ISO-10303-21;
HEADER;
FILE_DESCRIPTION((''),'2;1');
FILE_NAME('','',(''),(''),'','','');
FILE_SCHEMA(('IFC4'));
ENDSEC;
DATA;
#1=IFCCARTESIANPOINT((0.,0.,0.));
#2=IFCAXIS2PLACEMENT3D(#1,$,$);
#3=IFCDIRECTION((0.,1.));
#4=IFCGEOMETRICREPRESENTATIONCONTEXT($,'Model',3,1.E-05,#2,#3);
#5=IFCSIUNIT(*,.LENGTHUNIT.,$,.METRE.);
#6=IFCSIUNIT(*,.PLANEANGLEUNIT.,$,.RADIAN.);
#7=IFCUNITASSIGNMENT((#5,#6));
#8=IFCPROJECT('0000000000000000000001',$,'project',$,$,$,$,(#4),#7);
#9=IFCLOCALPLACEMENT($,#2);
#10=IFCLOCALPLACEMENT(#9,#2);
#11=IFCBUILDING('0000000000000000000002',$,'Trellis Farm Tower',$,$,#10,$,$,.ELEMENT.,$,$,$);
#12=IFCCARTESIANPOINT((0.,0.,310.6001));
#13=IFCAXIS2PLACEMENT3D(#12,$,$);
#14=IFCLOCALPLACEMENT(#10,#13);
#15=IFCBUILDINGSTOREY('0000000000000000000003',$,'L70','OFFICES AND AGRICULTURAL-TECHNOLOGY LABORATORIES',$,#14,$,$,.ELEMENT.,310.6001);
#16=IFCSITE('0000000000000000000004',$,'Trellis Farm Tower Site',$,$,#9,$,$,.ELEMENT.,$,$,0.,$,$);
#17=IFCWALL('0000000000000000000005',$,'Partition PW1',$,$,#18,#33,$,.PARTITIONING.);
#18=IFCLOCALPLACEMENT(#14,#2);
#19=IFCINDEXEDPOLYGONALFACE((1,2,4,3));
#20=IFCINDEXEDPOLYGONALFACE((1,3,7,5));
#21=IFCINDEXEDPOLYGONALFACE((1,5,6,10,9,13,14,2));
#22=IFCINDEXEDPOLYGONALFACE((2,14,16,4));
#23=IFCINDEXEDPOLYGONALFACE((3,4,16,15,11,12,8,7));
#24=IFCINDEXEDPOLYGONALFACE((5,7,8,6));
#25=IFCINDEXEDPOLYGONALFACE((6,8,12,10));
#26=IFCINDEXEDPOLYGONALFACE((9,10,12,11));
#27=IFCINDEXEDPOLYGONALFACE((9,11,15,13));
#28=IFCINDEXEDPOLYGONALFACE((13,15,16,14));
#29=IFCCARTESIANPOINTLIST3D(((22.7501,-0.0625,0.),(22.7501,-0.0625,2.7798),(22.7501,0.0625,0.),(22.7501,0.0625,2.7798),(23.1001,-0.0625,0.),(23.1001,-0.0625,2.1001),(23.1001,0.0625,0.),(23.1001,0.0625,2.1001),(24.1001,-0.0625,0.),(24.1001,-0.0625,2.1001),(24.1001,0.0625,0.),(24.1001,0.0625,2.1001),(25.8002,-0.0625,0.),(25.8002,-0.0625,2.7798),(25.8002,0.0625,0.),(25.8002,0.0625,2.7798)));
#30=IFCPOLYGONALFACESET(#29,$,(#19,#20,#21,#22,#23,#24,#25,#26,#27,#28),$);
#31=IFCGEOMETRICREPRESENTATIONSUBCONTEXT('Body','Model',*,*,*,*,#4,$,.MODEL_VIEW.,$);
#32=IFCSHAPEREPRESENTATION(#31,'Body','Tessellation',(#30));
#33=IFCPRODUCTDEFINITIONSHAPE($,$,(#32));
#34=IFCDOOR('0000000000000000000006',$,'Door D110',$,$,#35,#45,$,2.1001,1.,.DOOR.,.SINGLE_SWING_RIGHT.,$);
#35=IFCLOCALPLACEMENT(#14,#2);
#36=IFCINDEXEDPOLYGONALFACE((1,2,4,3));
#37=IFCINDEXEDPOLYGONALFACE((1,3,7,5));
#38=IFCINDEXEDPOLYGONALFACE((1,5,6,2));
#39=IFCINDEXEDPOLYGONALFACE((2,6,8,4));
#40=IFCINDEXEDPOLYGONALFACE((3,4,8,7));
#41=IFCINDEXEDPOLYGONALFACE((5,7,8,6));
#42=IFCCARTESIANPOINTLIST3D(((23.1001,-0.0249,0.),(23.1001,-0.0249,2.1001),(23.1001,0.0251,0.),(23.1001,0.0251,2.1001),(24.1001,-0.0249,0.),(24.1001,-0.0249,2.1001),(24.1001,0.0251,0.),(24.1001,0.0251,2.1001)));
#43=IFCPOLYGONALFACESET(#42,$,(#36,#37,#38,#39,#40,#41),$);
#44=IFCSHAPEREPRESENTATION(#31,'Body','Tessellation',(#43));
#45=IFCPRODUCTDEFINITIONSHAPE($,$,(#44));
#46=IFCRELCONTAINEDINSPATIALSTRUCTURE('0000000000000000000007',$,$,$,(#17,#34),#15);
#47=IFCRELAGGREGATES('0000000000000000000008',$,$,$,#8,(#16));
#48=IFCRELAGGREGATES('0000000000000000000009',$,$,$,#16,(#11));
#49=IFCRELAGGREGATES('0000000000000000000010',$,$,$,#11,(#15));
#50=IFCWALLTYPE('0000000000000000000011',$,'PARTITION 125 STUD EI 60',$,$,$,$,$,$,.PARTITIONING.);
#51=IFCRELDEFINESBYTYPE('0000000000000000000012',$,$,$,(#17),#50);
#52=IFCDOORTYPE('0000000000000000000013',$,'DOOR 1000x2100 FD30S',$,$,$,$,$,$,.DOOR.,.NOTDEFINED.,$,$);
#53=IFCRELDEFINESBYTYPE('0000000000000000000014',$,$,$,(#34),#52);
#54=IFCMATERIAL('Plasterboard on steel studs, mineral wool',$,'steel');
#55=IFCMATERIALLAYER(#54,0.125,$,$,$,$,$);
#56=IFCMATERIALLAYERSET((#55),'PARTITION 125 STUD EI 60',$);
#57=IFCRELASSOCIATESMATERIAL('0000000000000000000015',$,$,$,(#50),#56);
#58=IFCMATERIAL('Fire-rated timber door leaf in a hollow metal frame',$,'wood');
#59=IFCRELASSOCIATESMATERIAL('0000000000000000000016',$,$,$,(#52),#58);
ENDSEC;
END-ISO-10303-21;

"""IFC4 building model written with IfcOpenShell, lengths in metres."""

from ifc_helpers import new_model, si_unit, direction, frame, frame_2d, origin, place, context, subcontext, project, spatial, rectangle, extrude, source, transform, mapped, material, layer, layer_set, type_object, element, fill, save


model = new_model("IFC4")

# Units and contexts
model_context = context("Model", 3, precision=1e-05, world=origin(), true_north=direction((0.0, 1.0)))
body_context = subcontext(model_context, "Body", "Model", "MODEL_VIEW")
ifc_project = project(units=[si_unit("LENGTHUNIT", "METRE"), si_unit("PLANEANGLEUNIT", "RADIAN")], contexts=[model_context])

# Site, building, storey
site_placement = place(None, origin())
site = spatial("IfcSite", under=ifc_project, at=site_placement, Name="Trellis Farm Tower Site", CompositionType="ELEMENT", RefElevation=0.0)
building_placement = place(site_placement, origin())
building = spatial("IfcBuilding", under=site, at=building_placement, Name="Trellis Farm Tower", CompositionType="ELEMENT")
storey_placement = place(building_placement, frame((0.0, 0.0, 310.6001)))
storey = spatial("IfcBuildingStorey", under=building, at=storey_placement, Name="L70", Description="OFFICES AND AGRICULTURAL-TECHNOLOGY LABORATORIES", CompositionType="ELEMENT", Elevation=310.6001)

# Wall, opening, door
ifc_material_1 = material(Name="Plasterboard on steel studs, mineral wool", Category="steel")
ifc_layer_1 = layer(ifc_material_1, 0.125)
ifc_layer_set_1 = layer_set([ifc_layer_1], Name="PARTITION 125 STUD EI 60")
wall_type_1 = type_object("IfcWallType", Name="PARTITION 125 STUD EI 60", PredefinedType="PARTITIONING", material=ifc_layer_set_1)
shared_shape_1 = source(origin(), body_context, "Body", "SweptSolid", [
    extrude(rectangle(XDim=3.05, YDim=0.125, at=frame_2d((1.5249, 0.0))), origin(), (0.0, 0.0, 1.0), 2.7798),
])
wall_1_placement = place(storey_placement, frame((25.8, 0.0, 0.0), z_axis=(0.0, 0.0, 1.0), x_axis=(-1.0, 0.0, 0.0)))
wall_1 = element("IfcWall", 1, at=wall_1_placement, inside=storey, type_object=wall_type_1, Name="Partition PW1", PredefinedType="PARTITIONING", context=body_context, shape_type="MappedRepresentation", body=[
    mapped(shared_shape_1, transform((0.0, 0.0, 0.0))),
])
shared_shape_2 = source(origin(), body_context, "Body", "SweptSolid", [
    extrude(rectangle(XDim=1.0, YDim=2.1001, at=frame_2d((0.5, 1.05))), frame((0.0, 0.0725, 0.0), z_axis=(0.0, -1.0, 0.0), x_axis=(1.0, 0.0, 0.0)), (0.0, 0.0, 1.0), 0.145),
])
opening_1_placement = place(wall_1_placement, frame((1.7, 0.0, 0.0)))
opening_1 = element("IfcOpeningElement", 2, at=opening_1_placement, cuts=wall_1, PredefinedType="OPENING", context=body_context, shape_type="MappedRepresentation", body=[
    mapped(shared_shape_2, transform((0.0, 0.0, 0.0))),
])
ifc_material_2 = material(Name="Fire-rated timber door leaf in a hollow metal frame", Category="wood")
door_type_1 = type_object("IfcDoorType", Name="DOOR 1000x2100 FD30S", OperationType="NOTDEFINED", PredefinedType="DOOR", material=ifc_material_2)
shared_shape_3 = source(origin(), body_context, "Body", "SweptSolid", [
    extrude(rectangle(XDim=1.0, YDim=2.1001, at=frame_2d((0.5, 1.05))), frame((0.0, 0.0249, 0.0), z_axis=(0.0, -1.0, 0.0), x_axis=(1.0, 0.0, 0.0)), (0.0, 0.0, 1.0), 0.05),
])
door_1_placement = place(opening_1_placement, origin())
door_1 = element("IfcDoor", 3, at=door_1_placement, inside=storey, type_object=door_type_1, Name="Door D110", OperationType="SINGLE_SWING_RIGHT", OverallHeight=2.1001, OverallWidth=1.0, PredefinedType="DOOR", context=body_context, shape_type="MappedRepresentation", body=[
    mapped(shared_shape_3, transform((0.0, 0.0, 0.0))),
])
fill(opening_1, door_1)

save(model, "model.ifc")
